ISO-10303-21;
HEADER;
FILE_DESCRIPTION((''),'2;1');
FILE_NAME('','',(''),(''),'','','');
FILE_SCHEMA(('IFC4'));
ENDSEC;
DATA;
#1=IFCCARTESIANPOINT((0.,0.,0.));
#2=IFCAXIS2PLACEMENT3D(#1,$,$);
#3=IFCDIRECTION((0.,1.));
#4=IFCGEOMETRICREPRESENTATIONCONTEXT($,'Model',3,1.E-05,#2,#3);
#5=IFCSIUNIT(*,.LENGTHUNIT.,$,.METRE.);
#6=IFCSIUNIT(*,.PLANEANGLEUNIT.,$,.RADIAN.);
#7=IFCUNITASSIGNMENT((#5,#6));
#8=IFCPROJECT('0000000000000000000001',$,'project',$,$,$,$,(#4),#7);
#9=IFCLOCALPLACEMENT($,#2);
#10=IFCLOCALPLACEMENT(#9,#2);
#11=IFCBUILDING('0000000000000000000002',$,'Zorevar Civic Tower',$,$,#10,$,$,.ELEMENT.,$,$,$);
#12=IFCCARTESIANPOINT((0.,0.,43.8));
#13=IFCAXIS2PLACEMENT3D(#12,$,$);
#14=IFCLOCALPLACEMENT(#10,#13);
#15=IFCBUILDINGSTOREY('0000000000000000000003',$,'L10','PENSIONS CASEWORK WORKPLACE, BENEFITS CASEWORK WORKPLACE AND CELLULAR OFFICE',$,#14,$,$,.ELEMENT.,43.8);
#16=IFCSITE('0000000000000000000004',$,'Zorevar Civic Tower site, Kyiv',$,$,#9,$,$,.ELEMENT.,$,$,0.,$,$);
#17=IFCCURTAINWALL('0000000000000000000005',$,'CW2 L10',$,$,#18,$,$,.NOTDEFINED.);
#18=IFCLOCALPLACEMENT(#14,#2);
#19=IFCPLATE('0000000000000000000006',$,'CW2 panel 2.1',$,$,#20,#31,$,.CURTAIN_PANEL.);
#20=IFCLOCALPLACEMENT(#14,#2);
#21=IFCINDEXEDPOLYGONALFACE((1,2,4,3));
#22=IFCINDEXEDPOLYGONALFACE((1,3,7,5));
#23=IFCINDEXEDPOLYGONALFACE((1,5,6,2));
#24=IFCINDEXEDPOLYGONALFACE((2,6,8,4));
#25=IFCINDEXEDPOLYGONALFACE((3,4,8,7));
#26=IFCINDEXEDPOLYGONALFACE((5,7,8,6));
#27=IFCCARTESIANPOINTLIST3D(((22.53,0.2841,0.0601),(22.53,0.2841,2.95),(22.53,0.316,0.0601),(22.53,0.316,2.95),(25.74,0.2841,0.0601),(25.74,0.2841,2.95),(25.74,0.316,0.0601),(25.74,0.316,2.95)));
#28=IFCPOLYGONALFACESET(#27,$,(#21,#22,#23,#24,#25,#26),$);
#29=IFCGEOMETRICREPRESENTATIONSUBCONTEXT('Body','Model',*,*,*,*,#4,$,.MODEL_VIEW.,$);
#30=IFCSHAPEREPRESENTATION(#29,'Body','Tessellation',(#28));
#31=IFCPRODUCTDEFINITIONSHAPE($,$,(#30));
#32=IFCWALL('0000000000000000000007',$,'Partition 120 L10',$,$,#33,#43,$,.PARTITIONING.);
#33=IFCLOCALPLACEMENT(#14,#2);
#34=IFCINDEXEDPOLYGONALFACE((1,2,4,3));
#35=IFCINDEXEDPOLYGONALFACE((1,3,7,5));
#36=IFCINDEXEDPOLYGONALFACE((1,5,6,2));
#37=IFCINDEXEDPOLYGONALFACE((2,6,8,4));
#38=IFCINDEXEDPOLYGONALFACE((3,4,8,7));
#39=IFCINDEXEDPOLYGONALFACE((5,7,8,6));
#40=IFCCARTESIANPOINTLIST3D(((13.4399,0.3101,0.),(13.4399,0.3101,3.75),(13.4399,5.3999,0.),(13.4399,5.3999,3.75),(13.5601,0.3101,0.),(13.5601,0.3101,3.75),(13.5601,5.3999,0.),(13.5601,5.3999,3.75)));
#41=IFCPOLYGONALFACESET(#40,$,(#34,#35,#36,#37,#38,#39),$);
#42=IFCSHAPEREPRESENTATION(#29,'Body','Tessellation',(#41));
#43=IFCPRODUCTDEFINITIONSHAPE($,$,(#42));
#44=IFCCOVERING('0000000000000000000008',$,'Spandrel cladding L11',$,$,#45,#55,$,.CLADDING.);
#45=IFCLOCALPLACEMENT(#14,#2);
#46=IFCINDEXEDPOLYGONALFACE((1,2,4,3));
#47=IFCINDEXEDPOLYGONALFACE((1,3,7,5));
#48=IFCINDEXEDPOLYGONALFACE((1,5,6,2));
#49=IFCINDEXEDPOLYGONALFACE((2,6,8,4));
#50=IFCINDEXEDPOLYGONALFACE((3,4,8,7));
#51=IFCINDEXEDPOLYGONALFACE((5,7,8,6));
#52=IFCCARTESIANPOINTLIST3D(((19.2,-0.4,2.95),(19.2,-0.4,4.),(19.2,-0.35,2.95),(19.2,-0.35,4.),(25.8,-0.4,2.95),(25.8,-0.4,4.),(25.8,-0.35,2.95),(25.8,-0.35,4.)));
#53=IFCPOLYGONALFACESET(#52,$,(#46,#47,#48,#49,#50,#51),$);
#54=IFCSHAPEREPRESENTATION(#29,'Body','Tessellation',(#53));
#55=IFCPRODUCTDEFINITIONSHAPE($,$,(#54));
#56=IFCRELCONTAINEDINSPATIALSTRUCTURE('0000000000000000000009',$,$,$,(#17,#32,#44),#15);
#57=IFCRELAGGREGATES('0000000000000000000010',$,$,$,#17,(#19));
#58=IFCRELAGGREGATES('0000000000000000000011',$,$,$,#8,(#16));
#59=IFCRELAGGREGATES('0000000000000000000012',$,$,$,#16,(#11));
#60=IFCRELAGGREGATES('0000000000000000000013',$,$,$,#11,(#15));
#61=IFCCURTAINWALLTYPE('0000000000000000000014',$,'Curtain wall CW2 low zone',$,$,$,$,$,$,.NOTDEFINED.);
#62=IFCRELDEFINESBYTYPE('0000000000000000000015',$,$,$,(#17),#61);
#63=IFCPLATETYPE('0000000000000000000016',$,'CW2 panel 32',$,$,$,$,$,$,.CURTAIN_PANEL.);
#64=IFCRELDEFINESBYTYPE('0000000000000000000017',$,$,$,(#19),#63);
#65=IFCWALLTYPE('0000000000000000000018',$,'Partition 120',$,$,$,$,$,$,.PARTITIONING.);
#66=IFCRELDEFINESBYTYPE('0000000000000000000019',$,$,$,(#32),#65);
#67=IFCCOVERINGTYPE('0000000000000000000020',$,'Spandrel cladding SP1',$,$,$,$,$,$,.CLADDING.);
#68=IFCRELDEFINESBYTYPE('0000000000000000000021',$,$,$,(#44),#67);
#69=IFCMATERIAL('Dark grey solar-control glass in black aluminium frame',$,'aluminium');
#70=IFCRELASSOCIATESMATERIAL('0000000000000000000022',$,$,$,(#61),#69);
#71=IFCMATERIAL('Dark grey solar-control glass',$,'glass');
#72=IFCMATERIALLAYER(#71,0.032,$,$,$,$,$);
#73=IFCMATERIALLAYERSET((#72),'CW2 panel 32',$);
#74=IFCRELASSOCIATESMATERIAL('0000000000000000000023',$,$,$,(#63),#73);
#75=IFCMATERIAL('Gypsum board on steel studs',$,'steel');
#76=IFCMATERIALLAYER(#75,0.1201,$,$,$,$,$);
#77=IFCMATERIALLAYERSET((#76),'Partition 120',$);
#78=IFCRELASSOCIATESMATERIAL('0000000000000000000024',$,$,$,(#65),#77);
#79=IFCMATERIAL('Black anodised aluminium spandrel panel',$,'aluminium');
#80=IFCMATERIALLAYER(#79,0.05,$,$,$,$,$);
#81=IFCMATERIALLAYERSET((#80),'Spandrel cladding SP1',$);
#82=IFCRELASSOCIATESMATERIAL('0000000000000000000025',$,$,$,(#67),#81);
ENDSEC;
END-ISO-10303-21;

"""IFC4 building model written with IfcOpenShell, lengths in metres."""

from ifc_helpers import new_model, si_unit, direction, frame, frame_2d, origin, origin_2d, place, context, subcontext, project, spatial, rectangle, extrude, material, layer, layer_set, type_object, element, aggregate, save


model = new_model("IFC4")

# Units and contexts
model_context = context("Model", 3, precision=1e-05, world=origin(), true_north=direction((0.0, 1.0)))
body_context = subcontext(model_context, "Body", "Model", "MODEL_VIEW")
ifc_project = project(units=[si_unit("LENGTHUNIT", "METRE"), si_unit("PLANEANGLEUNIT", "RADIAN")], contexts=[model_context])

# Site, building, storey
site_placement = place(None, origin())
site = spatial("IfcSite", under=ifc_project, at=site_placement, Name="Zorevar Civic Tower site, Kyiv", CompositionType="ELEMENT", RefElevation=0.0)
building_placement = place(site_placement, origin())
building = spatial("IfcBuilding", under=site, at=building_placement, Name="Zorevar Civic Tower", CompositionType="ELEMENT")
storey_placement = place(building_placement, frame((0.0, 0.0, 43.8)))
storey = spatial("IfcBuildingStorey", under=building, at=storey_placement, Name="L10", Description="PENSIONS CASEWORK WORKPLACE, BENEFITS CASEWORK WORKPLACE AND CELLULAR OFFICE", CompositionType="ELEMENT", Elevation=43.8)

# Shared definitions
ifc_material_1 = material(Name="Dark grey solar-control glass in black aluminium frame", Category="aluminium")
curtain_wall_type = type_object("IfcCurtainWallType", Name="Curtain wall CW2 low zone", PredefinedType="NOTDEFINED", material=ifc_material_1)

# Curtain wall
curtain_wall_1_placement = place(storey_placement, origin())
curtain_wall_1 = element("IfcCurtainWall", 1, at=curtain_wall_1_placement, inside=storey, type_object=curtain_wall_type, Name="CW2 L10", PredefinedType="NOTDEFINED")

# Plate
ifc_material_2 = material(Name="Dark grey solar-control glass", Category="glass")
ifc_layer_1 = layer(ifc_material_2, 0.032)
ifc_layer_set_1 = layer_set([ifc_layer_1], Name="CW2 panel 32")
plate_type = type_object("IfcPlateType", Name="CW2 panel 32", PredefinedType="CURTAIN_PANEL", material=ifc_layer_set_1)
plate_1_placement = place(storey_placement, frame((24.135, 0.3, 0.0601), z_axis=(0.0, 0.0, 1.0), x_axis=(1.0, 0.0, 0.0)))
plate_1 = element("IfcPlate", 2, at=plate_1_placement, type_object=plate_type, Name="CW2 panel 2.1", PredefinedType="CURTAIN_PANEL", context=body_context, shape_type="SweptSolid", body=[
    extrude(rectangle(XDim=3.21, YDim=0.032, at=origin_2d()), origin(), (0.0, 0.0, 1.0), 2.8899),
])
aggregate(curtain_wall_1, [plate_1])

# Wall
ifc_material_3 = material(Name="Gypsum board on steel studs", Category="steel")
ifc_layer_2 = layer(ifc_material_3, 0.1201)
ifc_layer_set_2 = layer_set([ifc_layer_2], Name="Partition 120")
wall_type = type_object("IfcWallType", Name="Partition 120", PredefinedType="PARTITIONING", material=ifc_layer_set_2)
wall_placement = place(storey_placement, frame((13.5, 0.3101, 0.0), z_axis=(0.0, 0.0, 1.0), x_axis=(0.0, 1.0, 0.0)))
element("IfcWall", 3, at=wall_placement, inside=storey, type_object=wall_type, Name="Partition 120 L10", PredefinedType="PARTITIONING", context=body_context, shape_type="SweptSolid", body=[
    extrude(rectangle(XDim=5.0898, YDim=0.1201, at=frame_2d((2.5449, 0.0))), origin(), (0.0, 0.0, 1.0), 3.75),
])

# Covering
ifc_material_4 = material(Name="Black anodised aluminium spandrel panel", Category="aluminium")
ifc_layer_3 = layer(ifc_material_4, 0.05)
ifc_layer_set_3 = layer_set([ifc_layer_3], Name="Spandrel cladding SP1")
covering_type = type_object("IfcCoveringType", Name="Spandrel cladding SP1", PredefinedType="CLADDING", material=ifc_layer_set_3)
covering_placement = place(storey_placement, frame((19.2, -0.375, 2.95), z_axis=(0.0, 0.0, 1.0), x_axis=(1.0, 0.0, 0.0)))
element("IfcCovering", 4, at=covering_placement, inside=storey, type_object=covering_type, Name="Spandrel cladding L11", PredefinedType="CLADDING", context=body_context, shape_type="SweptSolid", body=[
    extrude(rectangle(XDim=6.6001, YDim=0.05, at=frame_2d((3.3, 0.0))), origin(), (0.0, 0.0, 1.0), 1.05),
])

save(model, "model.ifc")
